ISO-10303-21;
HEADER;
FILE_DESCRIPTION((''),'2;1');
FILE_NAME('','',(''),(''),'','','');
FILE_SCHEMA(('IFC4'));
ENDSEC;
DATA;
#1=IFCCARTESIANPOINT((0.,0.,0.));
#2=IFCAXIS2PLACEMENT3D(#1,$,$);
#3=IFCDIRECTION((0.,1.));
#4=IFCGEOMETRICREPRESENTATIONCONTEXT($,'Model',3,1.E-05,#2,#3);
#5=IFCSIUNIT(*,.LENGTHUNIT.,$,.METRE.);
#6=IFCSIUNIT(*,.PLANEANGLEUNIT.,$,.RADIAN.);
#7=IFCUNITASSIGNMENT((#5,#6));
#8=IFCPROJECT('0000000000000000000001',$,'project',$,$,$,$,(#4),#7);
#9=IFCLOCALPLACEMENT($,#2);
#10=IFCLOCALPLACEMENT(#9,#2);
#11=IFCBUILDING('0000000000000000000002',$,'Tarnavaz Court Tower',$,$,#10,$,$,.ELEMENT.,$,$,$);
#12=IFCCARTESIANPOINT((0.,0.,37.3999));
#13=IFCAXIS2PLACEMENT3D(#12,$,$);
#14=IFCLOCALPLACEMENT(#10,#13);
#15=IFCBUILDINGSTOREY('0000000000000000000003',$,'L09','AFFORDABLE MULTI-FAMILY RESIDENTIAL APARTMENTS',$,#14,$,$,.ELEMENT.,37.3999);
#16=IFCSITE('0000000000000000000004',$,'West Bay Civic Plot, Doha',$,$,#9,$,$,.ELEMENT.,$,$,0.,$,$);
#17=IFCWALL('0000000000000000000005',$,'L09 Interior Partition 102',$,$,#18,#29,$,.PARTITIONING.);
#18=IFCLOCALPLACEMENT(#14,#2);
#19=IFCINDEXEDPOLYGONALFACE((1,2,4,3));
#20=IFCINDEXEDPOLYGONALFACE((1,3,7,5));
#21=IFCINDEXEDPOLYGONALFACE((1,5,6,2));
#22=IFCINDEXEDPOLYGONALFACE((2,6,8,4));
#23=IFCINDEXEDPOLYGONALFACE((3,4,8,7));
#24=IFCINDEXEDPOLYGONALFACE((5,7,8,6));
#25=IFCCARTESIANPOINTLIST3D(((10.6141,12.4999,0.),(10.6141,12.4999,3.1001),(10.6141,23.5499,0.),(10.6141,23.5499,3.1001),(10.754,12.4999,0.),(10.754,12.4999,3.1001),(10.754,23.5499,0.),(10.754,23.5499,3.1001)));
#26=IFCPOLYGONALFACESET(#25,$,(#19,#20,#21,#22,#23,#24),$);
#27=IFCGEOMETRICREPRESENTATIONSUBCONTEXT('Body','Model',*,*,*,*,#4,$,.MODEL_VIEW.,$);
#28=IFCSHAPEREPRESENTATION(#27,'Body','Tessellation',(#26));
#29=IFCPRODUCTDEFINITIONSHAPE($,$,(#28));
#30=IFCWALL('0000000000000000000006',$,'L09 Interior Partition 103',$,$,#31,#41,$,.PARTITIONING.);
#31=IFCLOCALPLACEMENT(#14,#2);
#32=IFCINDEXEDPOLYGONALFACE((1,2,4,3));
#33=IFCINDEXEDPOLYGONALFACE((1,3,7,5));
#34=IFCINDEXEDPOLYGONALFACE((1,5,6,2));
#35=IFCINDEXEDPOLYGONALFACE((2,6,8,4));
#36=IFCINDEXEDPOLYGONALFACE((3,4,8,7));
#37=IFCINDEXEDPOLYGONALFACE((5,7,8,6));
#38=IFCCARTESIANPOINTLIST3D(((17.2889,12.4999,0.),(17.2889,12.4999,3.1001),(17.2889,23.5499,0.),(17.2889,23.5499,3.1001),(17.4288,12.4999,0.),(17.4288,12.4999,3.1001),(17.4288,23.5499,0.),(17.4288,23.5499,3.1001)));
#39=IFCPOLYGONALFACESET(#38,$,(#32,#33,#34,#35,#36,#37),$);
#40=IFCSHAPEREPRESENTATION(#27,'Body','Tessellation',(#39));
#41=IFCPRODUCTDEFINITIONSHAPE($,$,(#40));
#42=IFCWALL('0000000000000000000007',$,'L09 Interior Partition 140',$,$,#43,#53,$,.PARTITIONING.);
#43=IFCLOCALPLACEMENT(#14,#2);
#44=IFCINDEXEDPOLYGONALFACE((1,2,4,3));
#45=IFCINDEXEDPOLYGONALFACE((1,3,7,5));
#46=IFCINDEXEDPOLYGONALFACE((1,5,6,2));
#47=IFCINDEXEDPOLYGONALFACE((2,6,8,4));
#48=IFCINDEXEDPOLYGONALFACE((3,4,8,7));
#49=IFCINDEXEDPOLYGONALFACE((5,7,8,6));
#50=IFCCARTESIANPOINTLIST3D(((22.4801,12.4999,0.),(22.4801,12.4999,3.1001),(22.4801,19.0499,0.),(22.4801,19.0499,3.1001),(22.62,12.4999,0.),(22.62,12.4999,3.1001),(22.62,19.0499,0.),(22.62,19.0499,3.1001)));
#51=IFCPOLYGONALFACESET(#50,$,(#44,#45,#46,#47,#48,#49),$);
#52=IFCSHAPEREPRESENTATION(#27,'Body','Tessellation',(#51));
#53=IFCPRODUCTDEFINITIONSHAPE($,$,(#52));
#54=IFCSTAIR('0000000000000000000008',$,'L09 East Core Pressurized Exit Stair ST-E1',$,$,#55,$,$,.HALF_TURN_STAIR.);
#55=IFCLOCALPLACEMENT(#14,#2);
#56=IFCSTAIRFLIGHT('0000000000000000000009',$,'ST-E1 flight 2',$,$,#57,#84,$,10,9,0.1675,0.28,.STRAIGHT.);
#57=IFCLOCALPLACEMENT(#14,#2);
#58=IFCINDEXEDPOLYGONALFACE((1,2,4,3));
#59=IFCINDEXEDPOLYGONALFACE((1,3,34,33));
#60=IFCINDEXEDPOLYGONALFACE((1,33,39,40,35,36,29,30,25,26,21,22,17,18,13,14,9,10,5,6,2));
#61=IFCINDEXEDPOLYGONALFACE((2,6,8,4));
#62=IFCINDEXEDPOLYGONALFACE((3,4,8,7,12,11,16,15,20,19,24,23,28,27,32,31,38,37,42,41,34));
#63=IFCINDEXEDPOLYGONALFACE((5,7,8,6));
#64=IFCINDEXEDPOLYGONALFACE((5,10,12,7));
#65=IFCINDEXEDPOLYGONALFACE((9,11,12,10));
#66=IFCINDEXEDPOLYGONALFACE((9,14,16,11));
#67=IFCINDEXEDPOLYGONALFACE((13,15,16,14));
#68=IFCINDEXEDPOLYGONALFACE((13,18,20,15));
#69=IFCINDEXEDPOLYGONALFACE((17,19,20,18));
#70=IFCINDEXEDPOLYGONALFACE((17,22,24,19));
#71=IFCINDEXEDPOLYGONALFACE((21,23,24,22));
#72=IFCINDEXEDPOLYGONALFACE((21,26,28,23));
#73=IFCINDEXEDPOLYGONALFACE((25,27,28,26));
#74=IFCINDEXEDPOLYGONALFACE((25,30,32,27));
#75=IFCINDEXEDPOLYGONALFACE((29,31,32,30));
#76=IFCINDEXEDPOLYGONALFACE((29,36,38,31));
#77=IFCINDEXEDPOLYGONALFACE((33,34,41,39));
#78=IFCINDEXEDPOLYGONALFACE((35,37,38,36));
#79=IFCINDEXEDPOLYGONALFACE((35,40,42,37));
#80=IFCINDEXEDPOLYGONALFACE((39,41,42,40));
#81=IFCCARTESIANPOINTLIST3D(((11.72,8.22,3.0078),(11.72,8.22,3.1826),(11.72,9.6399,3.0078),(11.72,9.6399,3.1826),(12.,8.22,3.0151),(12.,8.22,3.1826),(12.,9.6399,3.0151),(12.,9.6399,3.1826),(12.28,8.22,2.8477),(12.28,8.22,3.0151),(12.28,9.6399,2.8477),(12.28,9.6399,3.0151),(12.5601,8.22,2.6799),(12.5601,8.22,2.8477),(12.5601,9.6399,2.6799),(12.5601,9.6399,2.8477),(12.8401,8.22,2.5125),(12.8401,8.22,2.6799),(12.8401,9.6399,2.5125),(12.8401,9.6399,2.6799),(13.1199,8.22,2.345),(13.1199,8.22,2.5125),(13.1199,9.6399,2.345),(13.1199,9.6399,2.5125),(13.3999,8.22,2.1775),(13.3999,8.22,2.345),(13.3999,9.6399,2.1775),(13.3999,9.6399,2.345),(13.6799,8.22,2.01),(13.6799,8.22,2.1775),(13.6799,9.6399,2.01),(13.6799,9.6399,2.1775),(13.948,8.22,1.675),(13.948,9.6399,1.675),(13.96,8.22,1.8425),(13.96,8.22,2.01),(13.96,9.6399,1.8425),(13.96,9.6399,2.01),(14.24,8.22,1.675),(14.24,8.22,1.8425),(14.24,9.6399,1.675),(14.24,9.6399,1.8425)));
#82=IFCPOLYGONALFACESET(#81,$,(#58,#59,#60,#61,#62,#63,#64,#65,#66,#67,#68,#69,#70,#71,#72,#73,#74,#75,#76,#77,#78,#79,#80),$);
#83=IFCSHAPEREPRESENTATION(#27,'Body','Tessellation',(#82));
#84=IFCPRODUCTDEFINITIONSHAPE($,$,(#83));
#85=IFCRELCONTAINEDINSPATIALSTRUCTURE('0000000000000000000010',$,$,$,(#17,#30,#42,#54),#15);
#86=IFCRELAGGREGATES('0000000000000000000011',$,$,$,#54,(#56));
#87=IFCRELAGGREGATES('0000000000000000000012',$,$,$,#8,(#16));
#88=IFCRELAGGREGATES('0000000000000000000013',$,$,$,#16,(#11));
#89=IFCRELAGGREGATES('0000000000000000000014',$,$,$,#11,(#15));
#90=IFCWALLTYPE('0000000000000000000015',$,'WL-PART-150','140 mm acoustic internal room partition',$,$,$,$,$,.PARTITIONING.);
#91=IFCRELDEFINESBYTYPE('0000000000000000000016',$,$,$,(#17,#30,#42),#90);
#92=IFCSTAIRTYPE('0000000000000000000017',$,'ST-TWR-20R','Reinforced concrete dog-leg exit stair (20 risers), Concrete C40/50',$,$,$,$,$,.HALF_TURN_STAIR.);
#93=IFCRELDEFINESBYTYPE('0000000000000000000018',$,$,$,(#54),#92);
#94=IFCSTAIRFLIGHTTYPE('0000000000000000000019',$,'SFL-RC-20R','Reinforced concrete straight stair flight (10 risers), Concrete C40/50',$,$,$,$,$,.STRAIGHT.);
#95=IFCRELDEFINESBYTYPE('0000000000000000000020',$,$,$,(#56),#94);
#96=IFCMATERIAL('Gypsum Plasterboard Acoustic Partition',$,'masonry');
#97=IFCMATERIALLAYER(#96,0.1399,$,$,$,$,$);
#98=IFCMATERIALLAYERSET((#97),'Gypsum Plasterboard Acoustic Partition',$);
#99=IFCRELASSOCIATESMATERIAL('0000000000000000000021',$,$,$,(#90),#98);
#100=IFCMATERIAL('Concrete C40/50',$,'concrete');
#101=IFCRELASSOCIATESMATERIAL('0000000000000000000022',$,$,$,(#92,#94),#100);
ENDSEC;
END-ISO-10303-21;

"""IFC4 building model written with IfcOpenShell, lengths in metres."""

from ifc_helpers import new_model, si_unit, direction, frame, frame_2d, origin, place, context, subcontext, project, spatial, polyline, rectangle, outline, extrude, material, layer, layer_set, type_object, element, aggregate, save


model = new_model("IFC4")

# Units and contexts
model_context = context("Model", 3, precision=1e-05, world=origin(), true_north=direction((0.0, 1.0)))
body_context = subcontext(model_context, "Body", "Model", "MODEL_VIEW")
ifc_project = project(units=[si_unit("LENGTHUNIT", "METRE"), si_unit("PLANEANGLEUNIT", "RADIAN")], contexts=[model_context])

# Site, building, storey
site_placement = place(None, origin())
site = spatial("IfcSite", under=ifc_project, at=site_placement, Name="West Bay Civic Plot, Doha", CompositionType="ELEMENT", RefElevation=0.0)
building_placement = place(site_placement, origin())
building = spatial("IfcBuilding", under=site, at=building_placement, Name="Tarnavaz Court Tower", CompositionType="ELEMENT")
storey_placement = place(building_placement, frame((0.0, 0.0, 37.3999)))
storey = spatial("IfcBuildingStorey", under=building, at=storey_placement, Name="L09", Description="AFFORDABLE MULTI-FAMILY RESIDENTIAL APARTMENTS", CompositionType="ELEMENT", Elevation=37.3999)

# Walls
ifc_material_1 = material(Name="Gypsum Plasterboard Acoustic Partition", Category="masonry")
ifc_layer_1 = layer(ifc_material_1, 0.1399)
ifc_layer_set_1 = layer_set([ifc_layer_1], Name="Gypsum Plasterboard Acoustic Partition")
wall_type_1 = type_object("IfcWallType", Name="WL-PART-150", Description="140 mm acoustic internal room partition", PredefinedType="PARTITIONING", material=ifc_layer_set_1)
for number, where, z_axis, x_axis, name in (
    (1, (10.6841, 12.5, 0.0), (0.0, 0.0, 1.0), (0.0, 1.0, 0.0), "L09 Interior Partition 102"),
    (2, (17.3589, 12.5, 0.0), (0.0, 0.0, 1.0), (0.0, 1.0, 0.0), "L09 Interior Partition 103"),
):
    element("IfcWall", number, at=place(storey_placement, frame(where, z_axis=z_axis, x_axis=x_axis)), inside=storey, type_object=wall_type_1, Name=name, PredefinedType="PARTITIONING", context=body_context, shape_type="SweptSolid", body=[
        extrude(rectangle(XDim=11.05, YDim=0.1399, at=frame_2d((5.5249, 0.0))), origin(), (0.0, 0.0, 1.0), 3.1001),
    ])
wall_1_placement = place(storey_placement, frame((22.55, 12.5, 0.0), z_axis=(0.0, 0.0, 1.0), x_axis=(0.0, 1.0, 0.0)))
element("IfcWall", 3, at=wall_1_placement, inside=storey, type_object=wall_type_1, Name="L09 Interior Partition 140", PredefinedType="PARTITIONING", context=body_context, shape_type="SweptSolid", body=[
    extrude(rectangle(XDim=6.55, YDim=0.1399, at=frame_2d((3.2749, 0.0))), origin(), (0.0, 0.0, 1.0), 3.1001),
])

# Stair, stair flight
ifc_material_2 = material(Name="Concrete C40/50", Category="concrete")
stair_type = type_object("IfcStairType", Name="ST-TWR-20R", Description="Reinforced concrete dog-leg exit stair (20 risers), Concrete C40/50", PredefinedType="HALF_TURN_STAIR", material=ifc_material_2)
stair_placement = place(storey_placement, origin())
stair = element("IfcStair", 4, at=stair_placement, inside=storey, type_object=stair_type, Name="L09 East Core Pressurized Exit Stair ST-E1", PredefinedType="HALF_TURN_STAIR")
stair_flight_type = type_object("IfcStairFlightType", Name="SFL-RC-20R", Description="Reinforced concrete straight stair flight (10 risers), Concrete C40/50", PredefinedType="STRAIGHT", material=ifc_material_2)
stair_flight_placement = place(storey_placement, frame((14.24, 8.9299, 1.675), z_axis=(0.0, 0.0, 1.0), x_axis=(-1.0, 0.0, 0.0)))
stair_flight = element("IfcStairFlight", 5, at=stair_flight_placement, type_object=stair_flight_type, Name="ST-E1 flight 2", NumberOfRisers=10, NumberOfTreads=9, PredefinedType="STRAIGHT", RiserHeight=0.1675, TreadLength=0.28, context=body_context, shape_type="SweptSolid", body=[
    extrude(outline(polyline([(0.0, 0.0), (0.0, 0.1675), (0.28, 0.1675), (0.28, 0.335), (0.5601, 0.335), (0.5601, 0.5024), (0.8401, 0.5024), (0.8401, 0.6699), (1.1201, 0.6699), (1.1201, 0.8374), (1.3999, 0.8374), (1.3999, 1.0049), (1.6799, 1.0049), (1.6799, 1.1726), (1.96, 1.1726), (1.96, 1.3401), (2.24, 1.3401), (2.24, 1.5076), (2.52, 1.5076), (2.52, 1.675), (2.52, 1.3328), (0.292, 0.0), (0.0, 0.0)])), frame((0.0, 0.71, 0.0), z_axis=(0.0, -1.0, 0.0), x_axis=(1.0, 0.0, 0.0)), (0.0, 0.0, 1.0), 1.4199),
])
aggregate(stair, [stair_flight])

save(model, "model.ifc")
